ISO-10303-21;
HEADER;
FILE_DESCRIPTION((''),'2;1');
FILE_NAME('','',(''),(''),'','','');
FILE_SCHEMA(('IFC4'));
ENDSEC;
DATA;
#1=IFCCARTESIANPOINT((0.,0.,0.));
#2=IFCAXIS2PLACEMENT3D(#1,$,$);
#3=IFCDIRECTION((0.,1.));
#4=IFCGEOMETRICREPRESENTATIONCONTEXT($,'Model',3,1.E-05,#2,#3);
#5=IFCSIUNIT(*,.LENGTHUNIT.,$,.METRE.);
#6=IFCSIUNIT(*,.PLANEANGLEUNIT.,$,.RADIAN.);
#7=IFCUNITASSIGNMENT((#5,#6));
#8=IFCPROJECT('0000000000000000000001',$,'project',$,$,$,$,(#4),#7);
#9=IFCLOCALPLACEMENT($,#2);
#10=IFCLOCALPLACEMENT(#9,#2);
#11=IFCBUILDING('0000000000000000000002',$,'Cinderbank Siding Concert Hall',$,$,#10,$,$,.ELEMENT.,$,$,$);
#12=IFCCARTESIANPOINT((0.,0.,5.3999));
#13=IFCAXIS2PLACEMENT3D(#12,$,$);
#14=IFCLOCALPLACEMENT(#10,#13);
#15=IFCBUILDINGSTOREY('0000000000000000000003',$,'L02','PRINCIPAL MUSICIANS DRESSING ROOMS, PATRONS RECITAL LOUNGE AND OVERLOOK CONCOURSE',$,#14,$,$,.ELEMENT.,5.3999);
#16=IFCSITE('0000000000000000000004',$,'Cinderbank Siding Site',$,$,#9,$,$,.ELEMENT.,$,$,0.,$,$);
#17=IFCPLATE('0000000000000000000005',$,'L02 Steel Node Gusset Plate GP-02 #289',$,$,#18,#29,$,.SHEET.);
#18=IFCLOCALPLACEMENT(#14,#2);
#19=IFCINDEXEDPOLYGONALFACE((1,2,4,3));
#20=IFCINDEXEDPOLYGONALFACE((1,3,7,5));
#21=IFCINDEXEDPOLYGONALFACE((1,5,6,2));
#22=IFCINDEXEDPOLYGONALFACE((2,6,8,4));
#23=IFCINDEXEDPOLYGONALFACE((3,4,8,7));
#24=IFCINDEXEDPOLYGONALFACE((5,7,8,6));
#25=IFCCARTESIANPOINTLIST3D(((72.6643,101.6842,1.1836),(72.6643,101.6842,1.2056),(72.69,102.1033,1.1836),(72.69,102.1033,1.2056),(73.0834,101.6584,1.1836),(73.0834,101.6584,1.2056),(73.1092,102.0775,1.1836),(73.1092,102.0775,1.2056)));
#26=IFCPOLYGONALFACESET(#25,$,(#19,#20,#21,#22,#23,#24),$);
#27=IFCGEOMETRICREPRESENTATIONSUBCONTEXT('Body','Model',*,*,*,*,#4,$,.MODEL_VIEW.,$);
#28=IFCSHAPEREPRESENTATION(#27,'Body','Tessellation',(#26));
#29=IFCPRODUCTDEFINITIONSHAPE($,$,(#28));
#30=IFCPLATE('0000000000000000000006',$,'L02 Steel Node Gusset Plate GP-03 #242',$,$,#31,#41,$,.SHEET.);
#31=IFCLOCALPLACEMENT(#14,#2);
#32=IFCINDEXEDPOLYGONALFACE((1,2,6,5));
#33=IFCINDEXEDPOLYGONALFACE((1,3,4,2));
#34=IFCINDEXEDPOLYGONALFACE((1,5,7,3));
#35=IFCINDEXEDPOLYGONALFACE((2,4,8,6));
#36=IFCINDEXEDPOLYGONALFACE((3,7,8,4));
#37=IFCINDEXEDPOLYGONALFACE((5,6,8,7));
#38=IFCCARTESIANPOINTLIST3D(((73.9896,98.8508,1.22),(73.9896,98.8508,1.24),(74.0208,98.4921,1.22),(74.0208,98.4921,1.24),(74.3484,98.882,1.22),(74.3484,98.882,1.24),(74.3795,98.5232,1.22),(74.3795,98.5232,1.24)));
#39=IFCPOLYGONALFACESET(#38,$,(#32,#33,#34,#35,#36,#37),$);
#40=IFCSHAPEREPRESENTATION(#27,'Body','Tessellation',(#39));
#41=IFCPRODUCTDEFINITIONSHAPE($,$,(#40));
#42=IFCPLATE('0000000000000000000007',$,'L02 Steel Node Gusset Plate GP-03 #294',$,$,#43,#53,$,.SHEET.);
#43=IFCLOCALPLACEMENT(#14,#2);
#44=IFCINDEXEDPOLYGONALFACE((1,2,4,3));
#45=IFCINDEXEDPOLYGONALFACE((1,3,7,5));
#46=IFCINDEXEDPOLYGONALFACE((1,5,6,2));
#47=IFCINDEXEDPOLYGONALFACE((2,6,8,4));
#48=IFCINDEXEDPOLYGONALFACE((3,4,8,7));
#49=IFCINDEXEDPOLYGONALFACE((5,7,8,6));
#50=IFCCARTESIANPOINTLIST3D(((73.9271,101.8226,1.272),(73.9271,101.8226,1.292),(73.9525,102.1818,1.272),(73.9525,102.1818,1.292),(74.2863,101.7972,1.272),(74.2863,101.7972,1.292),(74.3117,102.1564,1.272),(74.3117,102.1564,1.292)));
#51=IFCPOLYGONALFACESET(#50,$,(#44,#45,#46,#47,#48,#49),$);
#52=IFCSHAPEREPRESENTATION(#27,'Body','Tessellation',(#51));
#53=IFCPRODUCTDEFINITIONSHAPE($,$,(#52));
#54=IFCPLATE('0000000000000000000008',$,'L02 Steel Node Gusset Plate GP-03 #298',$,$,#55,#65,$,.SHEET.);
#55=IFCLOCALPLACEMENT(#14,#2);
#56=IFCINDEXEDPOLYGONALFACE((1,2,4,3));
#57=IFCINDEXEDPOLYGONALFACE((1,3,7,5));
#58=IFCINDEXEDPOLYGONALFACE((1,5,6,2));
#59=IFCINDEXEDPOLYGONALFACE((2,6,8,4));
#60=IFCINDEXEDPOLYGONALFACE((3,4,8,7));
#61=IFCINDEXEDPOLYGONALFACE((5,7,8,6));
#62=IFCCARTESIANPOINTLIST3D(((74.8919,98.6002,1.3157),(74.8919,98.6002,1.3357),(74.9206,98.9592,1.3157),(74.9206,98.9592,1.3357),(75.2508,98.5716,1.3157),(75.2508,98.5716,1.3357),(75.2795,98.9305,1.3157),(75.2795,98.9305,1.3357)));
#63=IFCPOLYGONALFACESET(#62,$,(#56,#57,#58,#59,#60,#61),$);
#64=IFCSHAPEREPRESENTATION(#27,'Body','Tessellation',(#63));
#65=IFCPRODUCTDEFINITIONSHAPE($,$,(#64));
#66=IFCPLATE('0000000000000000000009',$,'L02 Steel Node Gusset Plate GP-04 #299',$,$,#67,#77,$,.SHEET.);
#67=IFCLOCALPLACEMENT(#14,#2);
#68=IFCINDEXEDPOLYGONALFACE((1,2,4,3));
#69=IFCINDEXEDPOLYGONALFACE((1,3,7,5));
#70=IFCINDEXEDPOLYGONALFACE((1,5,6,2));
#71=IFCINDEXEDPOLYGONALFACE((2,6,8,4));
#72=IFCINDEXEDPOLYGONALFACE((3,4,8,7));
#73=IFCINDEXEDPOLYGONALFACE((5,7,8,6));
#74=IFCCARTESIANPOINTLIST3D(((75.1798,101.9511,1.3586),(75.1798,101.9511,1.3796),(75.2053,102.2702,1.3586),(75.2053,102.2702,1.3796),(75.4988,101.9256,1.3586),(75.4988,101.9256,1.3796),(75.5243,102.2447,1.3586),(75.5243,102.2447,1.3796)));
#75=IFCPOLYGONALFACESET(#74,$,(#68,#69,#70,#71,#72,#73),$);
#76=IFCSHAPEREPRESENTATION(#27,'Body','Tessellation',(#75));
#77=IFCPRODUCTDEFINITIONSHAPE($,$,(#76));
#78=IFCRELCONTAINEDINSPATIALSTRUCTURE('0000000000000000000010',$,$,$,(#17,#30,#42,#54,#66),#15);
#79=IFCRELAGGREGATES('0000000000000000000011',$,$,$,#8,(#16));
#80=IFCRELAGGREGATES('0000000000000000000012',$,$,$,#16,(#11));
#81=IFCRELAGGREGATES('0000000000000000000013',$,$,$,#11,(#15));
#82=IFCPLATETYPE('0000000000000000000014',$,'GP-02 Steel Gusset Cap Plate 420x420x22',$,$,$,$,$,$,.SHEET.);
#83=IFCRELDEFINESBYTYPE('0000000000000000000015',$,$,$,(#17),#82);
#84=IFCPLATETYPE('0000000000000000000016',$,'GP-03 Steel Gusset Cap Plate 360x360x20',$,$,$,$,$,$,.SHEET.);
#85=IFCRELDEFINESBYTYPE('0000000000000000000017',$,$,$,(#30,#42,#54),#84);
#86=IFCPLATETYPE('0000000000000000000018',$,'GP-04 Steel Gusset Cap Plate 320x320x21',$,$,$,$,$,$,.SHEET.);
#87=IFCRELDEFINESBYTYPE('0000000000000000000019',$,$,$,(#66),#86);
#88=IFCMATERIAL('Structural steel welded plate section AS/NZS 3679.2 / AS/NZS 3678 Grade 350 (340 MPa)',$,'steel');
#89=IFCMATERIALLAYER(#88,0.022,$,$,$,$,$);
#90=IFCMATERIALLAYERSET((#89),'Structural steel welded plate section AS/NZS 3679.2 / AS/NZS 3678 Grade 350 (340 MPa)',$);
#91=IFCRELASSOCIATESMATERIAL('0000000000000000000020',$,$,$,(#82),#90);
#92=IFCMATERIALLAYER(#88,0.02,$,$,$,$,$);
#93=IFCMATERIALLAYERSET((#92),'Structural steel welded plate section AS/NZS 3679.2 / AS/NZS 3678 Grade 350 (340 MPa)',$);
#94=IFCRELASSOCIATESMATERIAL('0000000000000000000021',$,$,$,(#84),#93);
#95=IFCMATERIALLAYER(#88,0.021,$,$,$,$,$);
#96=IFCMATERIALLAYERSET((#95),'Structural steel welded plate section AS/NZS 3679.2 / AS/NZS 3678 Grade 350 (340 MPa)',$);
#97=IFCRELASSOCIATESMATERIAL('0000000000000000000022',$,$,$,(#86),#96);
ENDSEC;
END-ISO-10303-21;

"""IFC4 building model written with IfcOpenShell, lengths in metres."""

from ifc_helpers import new_model, si_unit, direction, frame, origin, origin_2d, place, context, subcontext, project, spatial, rectangle, extrude, material, layer, layer_set, type_object, element, save


model = new_model("IFC4")

# Units and contexts
model_context = context("Model", 3, precision=1e-05, world=origin(), true_north=direction((0.0, 1.0)))
body_context = subcontext(model_context, "Body", "Model", "MODEL_VIEW")
ifc_project = project(units=[si_unit("LENGTHUNIT", "METRE"), si_unit("PLANEANGLEUNIT", "RADIAN")], contexts=[model_context])

# Site, building, storey
site_placement = place(None, origin())
site = spatial("IfcSite", under=ifc_project, at=site_placement, Name="Cinderbank Siding Site", CompositionType="ELEMENT", RefElevation=0.0)
building_placement = place(site_placement, origin())
building = spatial("IfcBuilding", under=site, at=building_placement, Name="Cinderbank Siding Concert Hall", CompositionType="ELEMENT")
storey_placement = place(building_placement, frame((0.0, 0.0, 5.3999)))
storey = spatial("IfcBuildingStorey", under=building, at=storey_placement, Name="L02", Description="PRINCIPAL MUSICIANS DRESSING ROOMS, PATRONS RECITAL LOUNGE AND OVERLOOK CONCOURSE", CompositionType="ELEMENT", Elevation=5.3999)

# Plates
ifc_material_1 = material(Name="Structural steel welded plate section AS/NZS 3679.2 / AS/NZS 3678 Grade 350 (340 MPa)", Category="steel")
ifc_layer_1 = layer(ifc_material_1, 0.022)
ifc_layer_set_1 = layer_set([ifc_layer_1], Name="Structural steel welded plate section AS/NZS 3679.2 / AS/NZS 3678 Grade 350 (340 MPa)")
plate_type_1 = type_object("IfcPlateType", Name="GP-02 Steel Gusset Cap Plate 420x420x22", PredefinedType="SHEET", material=ifc_layer_set_1)
plate_1_placement = place(storey_placement, frame((72.8867, 101.8809, 1.1836), z_axis=(0.0, 0.0, 1.0), x_axis=(0.061397, 0.998113, 0.0)))
element("IfcPlate", 1, at=plate_1_placement, inside=storey, type_object=plate_type_1, Name="L02 Steel Node Gusset Plate GP-02 #289", PredefinedType="SHEET", context=body_context, shape_type="SweptSolid", body=[
    extrude(rectangle(XDim=0.4199, YDim=0.4199, at=origin_2d()), origin(), (0.0, 0.0, 1.0), 0.022),
])
ifc_layer_2 = layer(ifc_material_1, 0.02)
ifc_layer_set_2 = layer_set([ifc_layer_2], Name="Structural steel welded plate section AS/NZS 3679.2 / AS/NZS 3678 Grade 350 (340 MPa)")
plate_type_2 = type_object("IfcPlateType", Name="GP-03 Steel Gusset Cap Plate 360x360x20", PredefinedType="SHEET", material=ifc_layer_set_2)
for number, where, z_axis, x_axis, name in (
    (2, (74.1846, 98.687, 1.22), (0.0, 0.0, 1.0), (0.996255, 0.08646, 0.0), "L02 Steel Node Gusset Plate GP-03 #242"),
    (3, (74.1194, 101.9895, 1.272), (0.0, 0.0, 1.0), (0.070453, 0.997515, 0.0), "L02 Steel Node Gusset Plate GP-03 #294"),
    (4, (75.0857, 98.7654, 1.3157), (0.0, 0.0, 1.0), (0.079677, 0.996821, 0.0), "L02 Steel Node Gusset Plate GP-03 #298"),
):
    element("IfcPlate", number, at=place(storey_placement, frame(where, z_axis=z_axis, x_axis=x_axis)), inside=storey, type_object=plate_type_2, Name=name, PredefinedType="SHEET", context=body_context, shape_type="SweptSolid", body=[
        extrude(rectangle(XDim=0.3601, YDim=0.3601, at=origin_2d()), origin(), (0.0, 0.0, 1.0), 0.02),
    ])
ifc_layer_3 = layer(ifc_material_1, 0.021)
ifc_layer_set_3 = layer_set([ifc_layer_3], Name="Structural steel welded plate section AS/NZS 3679.2 / AS/NZS 3678 Grade 350 (340 MPa)")
plate_type_3 = type_object("IfcPlateType", Name="GP-04 Steel Gusset Cap Plate 320x320x21", PredefinedType="SHEET", material=ifc_layer_set_3)
plate_2_placement = place(storey_placement, frame((75.3521, 102.0979, 1.3586), z_axis=(0.0, 0.0, 1.0), x_axis=(0.079677, 0.996821, 0.0)))
element("IfcPlate", 5, at=plate_2_placement, inside=storey, type_object=plate_type_3, Name="L02 Steel Node Gusset Plate GP-04 #299", PredefinedType="SHEET", context=body_context, shape_type="SweptSolid", body=[
    extrude(rectangle(XDim=0.3201, YDim=0.3201, at=origin_2d()), origin(), (0.0, 0.0, 1.0), 0.021),
])

save(model, "model.ifc")
